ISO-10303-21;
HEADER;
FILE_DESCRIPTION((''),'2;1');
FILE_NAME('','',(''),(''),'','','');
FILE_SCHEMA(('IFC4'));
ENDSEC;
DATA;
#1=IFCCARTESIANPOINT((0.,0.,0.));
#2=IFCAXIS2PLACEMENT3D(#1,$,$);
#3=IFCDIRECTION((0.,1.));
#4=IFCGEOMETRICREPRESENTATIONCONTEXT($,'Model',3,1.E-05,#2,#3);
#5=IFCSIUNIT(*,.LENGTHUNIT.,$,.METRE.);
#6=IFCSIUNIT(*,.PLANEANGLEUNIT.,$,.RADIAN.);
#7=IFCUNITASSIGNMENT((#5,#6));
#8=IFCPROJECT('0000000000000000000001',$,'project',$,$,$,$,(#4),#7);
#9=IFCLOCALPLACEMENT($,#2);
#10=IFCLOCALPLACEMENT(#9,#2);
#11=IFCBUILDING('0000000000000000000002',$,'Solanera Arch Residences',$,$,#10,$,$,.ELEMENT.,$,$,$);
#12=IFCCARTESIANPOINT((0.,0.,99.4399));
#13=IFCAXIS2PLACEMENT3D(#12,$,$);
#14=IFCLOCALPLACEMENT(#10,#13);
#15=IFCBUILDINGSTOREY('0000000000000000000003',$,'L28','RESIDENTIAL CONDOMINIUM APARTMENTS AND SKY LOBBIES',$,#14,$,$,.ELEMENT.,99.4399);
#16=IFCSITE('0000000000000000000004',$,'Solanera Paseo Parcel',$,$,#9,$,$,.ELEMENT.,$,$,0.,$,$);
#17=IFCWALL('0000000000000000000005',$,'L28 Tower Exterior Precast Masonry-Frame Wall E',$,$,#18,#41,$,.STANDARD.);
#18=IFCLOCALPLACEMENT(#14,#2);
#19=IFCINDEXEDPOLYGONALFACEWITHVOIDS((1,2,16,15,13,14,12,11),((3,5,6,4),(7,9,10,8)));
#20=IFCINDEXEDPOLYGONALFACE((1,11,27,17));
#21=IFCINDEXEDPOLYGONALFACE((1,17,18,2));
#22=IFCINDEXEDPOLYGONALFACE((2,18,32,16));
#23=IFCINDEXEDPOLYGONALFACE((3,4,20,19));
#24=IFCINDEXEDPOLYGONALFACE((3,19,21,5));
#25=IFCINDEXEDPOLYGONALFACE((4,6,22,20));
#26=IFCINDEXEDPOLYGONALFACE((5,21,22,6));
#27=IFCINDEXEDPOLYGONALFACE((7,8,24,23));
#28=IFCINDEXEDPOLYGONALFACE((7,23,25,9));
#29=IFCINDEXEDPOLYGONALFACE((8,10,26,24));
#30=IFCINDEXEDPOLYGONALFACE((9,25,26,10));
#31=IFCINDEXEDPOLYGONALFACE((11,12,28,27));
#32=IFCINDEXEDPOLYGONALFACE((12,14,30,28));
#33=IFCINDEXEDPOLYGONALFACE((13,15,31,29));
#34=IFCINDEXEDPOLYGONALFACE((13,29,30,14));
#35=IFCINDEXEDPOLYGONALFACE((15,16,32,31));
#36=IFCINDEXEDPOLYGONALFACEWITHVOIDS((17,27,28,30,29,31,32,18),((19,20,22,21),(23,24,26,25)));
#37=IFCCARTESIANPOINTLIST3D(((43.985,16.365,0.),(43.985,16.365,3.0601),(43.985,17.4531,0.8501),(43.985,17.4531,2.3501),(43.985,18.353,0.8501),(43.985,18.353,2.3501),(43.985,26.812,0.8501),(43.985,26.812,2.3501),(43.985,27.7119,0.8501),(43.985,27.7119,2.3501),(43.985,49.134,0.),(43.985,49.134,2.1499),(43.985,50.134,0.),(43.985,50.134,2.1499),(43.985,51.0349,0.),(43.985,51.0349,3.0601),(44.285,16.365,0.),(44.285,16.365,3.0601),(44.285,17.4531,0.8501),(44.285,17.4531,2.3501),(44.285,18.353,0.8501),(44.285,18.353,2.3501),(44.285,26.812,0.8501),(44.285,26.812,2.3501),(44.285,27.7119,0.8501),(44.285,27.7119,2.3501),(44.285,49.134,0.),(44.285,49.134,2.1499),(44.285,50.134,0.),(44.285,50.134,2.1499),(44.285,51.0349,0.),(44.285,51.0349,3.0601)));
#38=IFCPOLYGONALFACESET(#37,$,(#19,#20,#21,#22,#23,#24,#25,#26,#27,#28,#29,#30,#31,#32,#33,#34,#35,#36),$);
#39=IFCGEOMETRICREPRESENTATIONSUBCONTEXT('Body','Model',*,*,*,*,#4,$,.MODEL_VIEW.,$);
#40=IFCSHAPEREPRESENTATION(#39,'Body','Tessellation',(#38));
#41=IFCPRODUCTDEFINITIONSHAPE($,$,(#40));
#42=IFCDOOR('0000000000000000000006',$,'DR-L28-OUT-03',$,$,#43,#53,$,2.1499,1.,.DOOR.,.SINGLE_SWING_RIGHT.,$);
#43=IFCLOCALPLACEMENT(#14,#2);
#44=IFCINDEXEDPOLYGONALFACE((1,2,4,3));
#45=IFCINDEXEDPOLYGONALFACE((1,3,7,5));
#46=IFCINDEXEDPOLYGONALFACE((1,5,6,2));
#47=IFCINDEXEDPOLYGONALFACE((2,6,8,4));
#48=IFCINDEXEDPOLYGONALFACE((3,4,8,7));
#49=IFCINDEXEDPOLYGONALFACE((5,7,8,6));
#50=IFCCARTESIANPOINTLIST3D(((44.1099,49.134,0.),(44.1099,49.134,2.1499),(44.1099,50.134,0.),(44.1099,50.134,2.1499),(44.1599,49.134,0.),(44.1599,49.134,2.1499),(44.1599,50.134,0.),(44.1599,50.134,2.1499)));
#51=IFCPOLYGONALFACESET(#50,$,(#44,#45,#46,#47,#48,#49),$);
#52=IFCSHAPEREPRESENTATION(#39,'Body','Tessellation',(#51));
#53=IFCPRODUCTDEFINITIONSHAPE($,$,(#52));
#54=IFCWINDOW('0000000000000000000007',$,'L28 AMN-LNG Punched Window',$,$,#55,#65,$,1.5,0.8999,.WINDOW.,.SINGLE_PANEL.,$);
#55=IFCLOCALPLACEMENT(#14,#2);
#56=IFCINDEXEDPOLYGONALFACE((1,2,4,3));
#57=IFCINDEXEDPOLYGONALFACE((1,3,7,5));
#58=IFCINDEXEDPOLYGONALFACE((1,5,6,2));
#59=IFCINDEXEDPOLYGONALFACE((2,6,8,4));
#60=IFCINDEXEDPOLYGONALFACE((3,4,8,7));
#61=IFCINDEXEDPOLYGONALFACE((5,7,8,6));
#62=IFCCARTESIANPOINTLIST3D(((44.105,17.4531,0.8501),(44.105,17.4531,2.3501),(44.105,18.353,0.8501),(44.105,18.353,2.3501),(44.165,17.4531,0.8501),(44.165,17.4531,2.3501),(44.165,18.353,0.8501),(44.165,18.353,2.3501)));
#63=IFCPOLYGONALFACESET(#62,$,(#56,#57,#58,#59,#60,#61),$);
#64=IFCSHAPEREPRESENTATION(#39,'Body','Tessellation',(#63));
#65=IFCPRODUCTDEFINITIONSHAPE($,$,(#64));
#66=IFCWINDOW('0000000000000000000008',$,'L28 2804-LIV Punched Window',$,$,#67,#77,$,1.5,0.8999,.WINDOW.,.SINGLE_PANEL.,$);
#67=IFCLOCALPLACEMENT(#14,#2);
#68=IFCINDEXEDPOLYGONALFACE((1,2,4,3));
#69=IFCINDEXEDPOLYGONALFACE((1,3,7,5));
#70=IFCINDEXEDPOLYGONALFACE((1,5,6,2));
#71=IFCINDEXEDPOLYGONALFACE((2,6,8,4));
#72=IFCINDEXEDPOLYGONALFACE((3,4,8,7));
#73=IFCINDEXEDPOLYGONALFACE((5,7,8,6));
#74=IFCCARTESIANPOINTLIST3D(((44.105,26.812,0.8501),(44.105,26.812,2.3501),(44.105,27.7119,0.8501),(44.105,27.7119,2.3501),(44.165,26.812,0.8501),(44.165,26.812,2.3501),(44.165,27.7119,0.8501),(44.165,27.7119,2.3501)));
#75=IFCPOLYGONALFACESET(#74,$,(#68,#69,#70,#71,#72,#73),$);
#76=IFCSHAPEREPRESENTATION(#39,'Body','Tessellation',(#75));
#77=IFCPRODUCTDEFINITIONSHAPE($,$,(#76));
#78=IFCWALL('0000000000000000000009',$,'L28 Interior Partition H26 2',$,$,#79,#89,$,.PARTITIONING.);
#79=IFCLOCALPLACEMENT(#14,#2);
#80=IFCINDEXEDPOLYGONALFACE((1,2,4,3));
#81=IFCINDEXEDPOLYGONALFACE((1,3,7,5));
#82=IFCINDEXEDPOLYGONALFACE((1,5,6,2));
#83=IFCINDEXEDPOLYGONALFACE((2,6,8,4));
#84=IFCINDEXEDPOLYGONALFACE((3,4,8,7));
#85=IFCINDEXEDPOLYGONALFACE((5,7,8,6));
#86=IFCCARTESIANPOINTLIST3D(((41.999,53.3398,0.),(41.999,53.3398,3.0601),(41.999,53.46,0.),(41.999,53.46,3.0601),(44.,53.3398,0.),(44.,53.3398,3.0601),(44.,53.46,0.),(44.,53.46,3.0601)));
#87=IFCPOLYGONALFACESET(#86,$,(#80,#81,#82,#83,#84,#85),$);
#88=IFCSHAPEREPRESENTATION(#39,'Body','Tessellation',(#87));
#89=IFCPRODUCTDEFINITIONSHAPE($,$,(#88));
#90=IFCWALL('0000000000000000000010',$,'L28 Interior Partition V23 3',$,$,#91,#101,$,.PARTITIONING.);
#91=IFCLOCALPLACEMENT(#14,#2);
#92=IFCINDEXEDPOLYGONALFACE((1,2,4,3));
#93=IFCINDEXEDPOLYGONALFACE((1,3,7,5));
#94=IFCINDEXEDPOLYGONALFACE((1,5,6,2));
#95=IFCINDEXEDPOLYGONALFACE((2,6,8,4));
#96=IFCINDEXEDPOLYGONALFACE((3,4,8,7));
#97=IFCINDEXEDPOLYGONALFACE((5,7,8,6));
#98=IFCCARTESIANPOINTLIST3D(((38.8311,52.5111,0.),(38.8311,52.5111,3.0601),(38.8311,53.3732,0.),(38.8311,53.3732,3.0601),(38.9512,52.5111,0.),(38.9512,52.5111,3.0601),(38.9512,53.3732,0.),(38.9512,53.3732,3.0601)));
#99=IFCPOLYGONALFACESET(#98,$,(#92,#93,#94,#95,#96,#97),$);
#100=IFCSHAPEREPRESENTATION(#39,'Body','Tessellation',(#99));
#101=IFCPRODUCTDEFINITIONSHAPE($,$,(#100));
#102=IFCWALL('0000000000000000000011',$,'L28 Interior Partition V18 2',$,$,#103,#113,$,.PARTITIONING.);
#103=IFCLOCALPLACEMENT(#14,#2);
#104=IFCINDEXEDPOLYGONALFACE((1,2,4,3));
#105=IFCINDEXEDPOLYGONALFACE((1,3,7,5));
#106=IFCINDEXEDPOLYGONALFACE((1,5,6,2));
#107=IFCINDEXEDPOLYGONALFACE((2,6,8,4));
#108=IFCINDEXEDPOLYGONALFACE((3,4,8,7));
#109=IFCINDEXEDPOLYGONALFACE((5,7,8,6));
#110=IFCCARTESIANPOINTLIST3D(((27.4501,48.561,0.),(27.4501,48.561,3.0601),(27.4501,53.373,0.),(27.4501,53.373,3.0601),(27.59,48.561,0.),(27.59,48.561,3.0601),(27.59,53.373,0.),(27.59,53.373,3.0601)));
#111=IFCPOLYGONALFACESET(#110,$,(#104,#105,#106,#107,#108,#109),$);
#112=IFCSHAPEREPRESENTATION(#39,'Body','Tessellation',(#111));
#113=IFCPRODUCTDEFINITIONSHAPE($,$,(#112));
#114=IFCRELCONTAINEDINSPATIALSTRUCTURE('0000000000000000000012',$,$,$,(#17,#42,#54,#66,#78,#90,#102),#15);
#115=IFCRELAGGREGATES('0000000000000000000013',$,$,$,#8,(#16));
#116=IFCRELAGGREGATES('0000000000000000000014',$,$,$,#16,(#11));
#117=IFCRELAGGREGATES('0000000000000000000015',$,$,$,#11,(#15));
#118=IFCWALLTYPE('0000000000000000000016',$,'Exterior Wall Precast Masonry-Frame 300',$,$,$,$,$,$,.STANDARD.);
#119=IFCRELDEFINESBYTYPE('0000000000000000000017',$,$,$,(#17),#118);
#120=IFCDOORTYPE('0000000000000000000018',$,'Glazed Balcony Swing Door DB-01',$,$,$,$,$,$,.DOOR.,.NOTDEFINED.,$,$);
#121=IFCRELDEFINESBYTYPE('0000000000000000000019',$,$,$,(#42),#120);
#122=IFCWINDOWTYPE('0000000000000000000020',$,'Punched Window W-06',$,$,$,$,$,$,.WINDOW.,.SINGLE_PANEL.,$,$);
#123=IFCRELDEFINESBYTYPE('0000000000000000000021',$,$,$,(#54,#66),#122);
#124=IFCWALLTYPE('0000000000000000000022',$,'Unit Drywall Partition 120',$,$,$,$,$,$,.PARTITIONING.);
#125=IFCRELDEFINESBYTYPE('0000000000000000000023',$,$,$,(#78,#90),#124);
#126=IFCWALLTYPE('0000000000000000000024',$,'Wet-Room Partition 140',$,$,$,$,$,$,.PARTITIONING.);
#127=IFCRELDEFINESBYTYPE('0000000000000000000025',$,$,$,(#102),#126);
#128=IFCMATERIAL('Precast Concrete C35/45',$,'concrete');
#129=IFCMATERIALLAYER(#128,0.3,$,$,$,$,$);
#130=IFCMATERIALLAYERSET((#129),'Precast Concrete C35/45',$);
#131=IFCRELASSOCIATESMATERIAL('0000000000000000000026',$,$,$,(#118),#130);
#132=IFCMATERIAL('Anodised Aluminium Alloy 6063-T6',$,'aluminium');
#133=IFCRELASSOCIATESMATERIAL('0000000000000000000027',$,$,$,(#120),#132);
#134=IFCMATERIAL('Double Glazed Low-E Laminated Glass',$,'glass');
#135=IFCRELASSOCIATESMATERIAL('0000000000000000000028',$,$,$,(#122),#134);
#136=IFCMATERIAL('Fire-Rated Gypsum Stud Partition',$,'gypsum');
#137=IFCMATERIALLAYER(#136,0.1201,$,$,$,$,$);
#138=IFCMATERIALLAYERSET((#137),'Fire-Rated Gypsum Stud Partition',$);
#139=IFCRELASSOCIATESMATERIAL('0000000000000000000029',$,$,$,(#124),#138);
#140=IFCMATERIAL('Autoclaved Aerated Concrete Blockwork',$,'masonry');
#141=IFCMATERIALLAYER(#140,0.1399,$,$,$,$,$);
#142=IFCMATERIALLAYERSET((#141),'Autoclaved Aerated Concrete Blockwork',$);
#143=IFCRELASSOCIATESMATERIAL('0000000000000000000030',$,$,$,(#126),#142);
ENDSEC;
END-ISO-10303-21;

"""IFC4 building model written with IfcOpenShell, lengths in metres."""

from ifc_helpers import new_model, si_unit, direction, frame, frame_2d, origin, place, context, subcontext, project, spatial, rectangle, extrude, material, layer, layer_set, type_object, element, fill, save


model = new_model("IFC4")

# Units and contexts
model_context = context("Model", 3, precision=1e-05, world=origin(), true_north=direction((0.0, 1.0)))
body_context = subcontext(model_context, "Body", "Model", "MODEL_VIEW")
ifc_project = project(units=[si_unit("LENGTHUNIT", "METRE"), si_unit("PLANEANGLEUNIT", "RADIAN")], contexts=[model_context])

# Site, building, storey
site_placement = place(None, origin())
site = spatial("IfcSite", under=ifc_project, at=site_placement, Name="Solanera Paseo Parcel", CompositionType="ELEMENT", RefElevation=0.0)
building_placement = place(site_placement, origin())
building = spatial("IfcBuilding", under=site, at=building_placement, Name="Solanera Arch Residences", CompositionType="ELEMENT")
storey_placement = place(building_placement, frame((0.0, 0.0, 99.4399)))
storey = spatial("IfcBuildingStorey", under=building, at=storey_placement, Name="L28", Description="RESIDENTIAL CONDOMINIUM APARTMENTS AND SKY LOBBIES", CompositionType="ELEMENT", Elevation=99.4399)

# Shared definitions
ifc_material_1 = material(Name="Precast Concrete C35/45", Category="concrete")
ifc_layer_1 = layer(ifc_material_1, 0.3)
ifc_layer_set_1 = layer_set([ifc_layer_1], Name="Precast Concrete C35/45")
wall_type_1 = type_object("IfcWallType", Name="Exterior Wall Precast Masonry-Frame 300", PredefinedType="STANDARD", material=ifc_layer_set_1)

# Wall, openings, door, windows
wall_1_placement = place(storey_placement, frame((44.135, 51.0349, 0.0), z_axis=(0.0, 0.0, 1.0), x_axis=(0.0, -1.0, 0.0)))
wall_1 = element("IfcWall", 1, at=wall_1_placement, inside=storey, type_object=wall_type_1, Name="L28 Tower Exterior Precast Masonry-Frame Wall E", PredefinedType="STANDARD", context=body_context, shape_type="SweptSolid", body=[
    extrude(rectangle(XDim=34.6699, YDim=0.3, at=frame_2d((17.335, 0.0))), origin(), (0.0, 0.0, 1.0), 3.0601),
])
opening_1_placement = place(wall_1_placement, frame((0.9009, 0.0, 0.0)))
opening_1 = element("IfcOpeningElement", 2, at=opening_1_placement, cuts=wall_1, PredefinedType="OPENING", context=body_context, shape_type="SweptSolid", body=[
    extrude(rectangle(XDim=1.0, YDim=2.1499, at=frame_2d((0.5, 1.075))), frame((0.0, 0.1599, 0.0), z_axis=(0.0, -1.0, 0.0), x_axis=(1.0, 0.0, 0.0)), (0.0, 0.0, 1.0), 0.32),
])
opening_2_placement = place(wall_1_placement, frame((32.6819, 0.0, 0.8501)))
opening_2 = element("IfcOpeningElement", 3, at=opening_2_placement, cuts=wall_1, PredefinedType="OPENING", context=body_context, shape_type="SweptSolid", body=[
    extrude(rectangle(XDim=0.8999, YDim=1.5, at=frame_2d((0.45, 0.75))), frame((0.0, 0.1599, 0.0), z_axis=(0.0, -1.0, 0.0), x_axis=(1.0, 0.0, 0.0)), (0.0, 0.0, 1.0), 0.32),
])
opening_3_placement = place(wall_1_placement, frame((23.323, 0.0, 0.8501)))
opening_3 = element("IfcOpeningElement", 4, at=opening_3_placement, cuts=wall_1, PredefinedType="OPENING", context=body_context, shape_type="SweptSolid", body=[
    extrude(rectangle(XDim=0.8999, YDim=1.5, at=frame_2d((0.45, 0.75))), frame((0.0, 0.1599, 0.0), z_axis=(0.0, -1.0, 0.0), x_axis=(1.0, 0.0, 0.0)), (0.0, 0.0, 1.0), 0.32),
])
ifc_material_2 = material(Name="Anodised Aluminium Alloy 6063-T6", Category="aluminium")
door_type = type_object("IfcDoorType", Name="Glazed Balcony Swing Door DB-01", OperationType="NOTDEFINED", PredefinedType="DOOR", material=ifc_material_2)
door_placement = place(opening_1_placement, origin())
door = element("IfcDoor", 5, at=door_placement, inside=storey, type_object=door_type, Name="DR-L28-OUT-03", OperationType="SINGLE_SWING_RIGHT", OverallHeight=2.1499, OverallWidth=1.0, PredefinedType="DOOR", context=body_context, shape_type="SweptSolid", body=[
    extrude(rectangle(XDim=1.0, YDim=2.1499, at=frame_2d((0.5, 1.075))), frame((0.0, 0.0249, 0.0), z_axis=(0.0, -1.0, 0.0), x_axis=(1.0, 0.0, 0.0)), (0.0, 0.0, 1.0), 0.05),
])
fill(opening_1, door)
ifc_material_3 = material(Name="Double Glazed Low-E Laminated Glass", Category="glass")
window_type = type_object("IfcWindowType", Name="Punched Window W-06", PartitioningType="SINGLE_PANEL", PredefinedType="WINDOW", material=ifc_material_3)
window_1_placement = place(opening_2_placement, origin())
window_1 = element("IfcWindow", 6, at=window_1_placement, inside=storey, type_object=window_type, Name="L28 AMN-LNG Punched Window", OverallHeight=1.5, OverallWidth=0.8999, PartitioningType="SINGLE_PANEL", PredefinedType="WINDOW", context=body_context, shape_type="SweptSolid", body=[
    extrude(rectangle(XDim=0.8999, YDim=1.5, at=frame_2d((0.45, 0.75))), frame((0.0, 0.03, 0.0), z_axis=(0.0, -1.0, 0.0), x_axis=(1.0, 0.0, 0.0)), (0.0, 0.0, 1.0), 0.0601),
])
fill(opening_2, window_1)
window_2_placement = place(opening_3_placement, origin())
window_2 = element("IfcWindow", 7, at=window_2_placement, inside=storey, type_object=window_type, Name="L28 2804-LIV Punched Window", OverallHeight=1.5, OverallWidth=0.8999, PartitioningType="SINGLE_PANEL", PredefinedType="WINDOW", context=body_context, shape_type="SweptSolid", body=[
    extrude(rectangle(XDim=0.8999, YDim=1.5, at=frame_2d((0.45, 0.75))), frame((0.0, 0.03, 0.0), z_axis=(0.0, -1.0, 0.0), x_axis=(1.0, 0.0, 0.0)), (0.0, 0.0, 1.0), 0.0601),
])
fill(opening_3, window_2)

# Walls
ifc_material_4 = material(Name="Fire-Rated Gypsum Stud Partition", Category="gypsum")
ifc_layer_2 = layer(ifc_material_4, 0.1201)
ifc_layer_set_2 = layer_set([ifc_layer_2], Name="Fire-Rated Gypsum Stud Partition")
wall_type_2 = type_object("IfcWallType", Name="Unit Drywall Partition 120", PredefinedType="PARTITIONING", material=ifc_layer_set_2)
wall_2_placement = place(storey_placement, frame((41.999, 53.3999, 0.0), z_axis=(0.0, 0.0, 1.0), x_axis=(1.0, 0.0, 0.0)))
element("IfcWall", 8, at=wall_2_placement, inside=storey, type_object=wall_type_2, Name="L28 Interior Partition H26 2", PredefinedType="PARTITIONING", context=body_context, shape_type="SweptSolid", body=[
    extrude(rectangle(XDim=2.001, YDim=0.1201, at=frame_2d((1.0005, 0.0))), origin(), (0.0, 0.0, 1.0), 3.0601),
])
wall_3_placement = place(storey_placement, frame((38.8911, 52.511, 0.0), z_axis=(0.0, 0.0, 1.0), x_axis=(0.0, 1.0, 0.0)))
element("IfcWall", 9, at=wall_3_placement, inside=storey, type_object=wall_type_2, Name="L28 Interior Partition V23 3", PredefinedType="PARTITIONING", context=body_context, shape_type="SweptSolid", body=[
    extrude(rectangle(XDim=0.8621, YDim=0.1201, at=frame_2d((0.4312, 0.0))), origin(), (0.0, 0.0, 1.0), 3.0601),
])
ifc_material_5 = material(Name="Autoclaved Aerated Concrete Blockwork", Category="masonry")
ifc_layer_3 = layer(ifc_material_5, 0.1399)
ifc_layer_set_3 = layer_set([ifc_layer_3], Name="Autoclaved Aerated Concrete Blockwork")
wall_type_3 = type_object("IfcWallType", Name="Wet-Room Partition 140", PredefinedType="PARTITIONING", material=ifc_layer_set_3)
wall_4_placement = place(storey_placement, frame((27.52, 48.561, 0.0), z_axis=(0.0, 0.0, 1.0), x_axis=(0.0, 1.0, 0.0)))
element("IfcWall", 10, at=wall_4_placement, inside=storey, type_object=wall_type_3, Name="L28 Interior Partition V18 2", PredefinedType="PARTITIONING", context=body_context, shape_type="SweptSolid", body=[
    extrude(rectangle(XDim=4.812, YDim=0.1399, at=frame_2d((2.406, 0.0))), origin(), (0.0, 0.0, 1.0), 3.0601),
])

save(model, "model.ifc")
